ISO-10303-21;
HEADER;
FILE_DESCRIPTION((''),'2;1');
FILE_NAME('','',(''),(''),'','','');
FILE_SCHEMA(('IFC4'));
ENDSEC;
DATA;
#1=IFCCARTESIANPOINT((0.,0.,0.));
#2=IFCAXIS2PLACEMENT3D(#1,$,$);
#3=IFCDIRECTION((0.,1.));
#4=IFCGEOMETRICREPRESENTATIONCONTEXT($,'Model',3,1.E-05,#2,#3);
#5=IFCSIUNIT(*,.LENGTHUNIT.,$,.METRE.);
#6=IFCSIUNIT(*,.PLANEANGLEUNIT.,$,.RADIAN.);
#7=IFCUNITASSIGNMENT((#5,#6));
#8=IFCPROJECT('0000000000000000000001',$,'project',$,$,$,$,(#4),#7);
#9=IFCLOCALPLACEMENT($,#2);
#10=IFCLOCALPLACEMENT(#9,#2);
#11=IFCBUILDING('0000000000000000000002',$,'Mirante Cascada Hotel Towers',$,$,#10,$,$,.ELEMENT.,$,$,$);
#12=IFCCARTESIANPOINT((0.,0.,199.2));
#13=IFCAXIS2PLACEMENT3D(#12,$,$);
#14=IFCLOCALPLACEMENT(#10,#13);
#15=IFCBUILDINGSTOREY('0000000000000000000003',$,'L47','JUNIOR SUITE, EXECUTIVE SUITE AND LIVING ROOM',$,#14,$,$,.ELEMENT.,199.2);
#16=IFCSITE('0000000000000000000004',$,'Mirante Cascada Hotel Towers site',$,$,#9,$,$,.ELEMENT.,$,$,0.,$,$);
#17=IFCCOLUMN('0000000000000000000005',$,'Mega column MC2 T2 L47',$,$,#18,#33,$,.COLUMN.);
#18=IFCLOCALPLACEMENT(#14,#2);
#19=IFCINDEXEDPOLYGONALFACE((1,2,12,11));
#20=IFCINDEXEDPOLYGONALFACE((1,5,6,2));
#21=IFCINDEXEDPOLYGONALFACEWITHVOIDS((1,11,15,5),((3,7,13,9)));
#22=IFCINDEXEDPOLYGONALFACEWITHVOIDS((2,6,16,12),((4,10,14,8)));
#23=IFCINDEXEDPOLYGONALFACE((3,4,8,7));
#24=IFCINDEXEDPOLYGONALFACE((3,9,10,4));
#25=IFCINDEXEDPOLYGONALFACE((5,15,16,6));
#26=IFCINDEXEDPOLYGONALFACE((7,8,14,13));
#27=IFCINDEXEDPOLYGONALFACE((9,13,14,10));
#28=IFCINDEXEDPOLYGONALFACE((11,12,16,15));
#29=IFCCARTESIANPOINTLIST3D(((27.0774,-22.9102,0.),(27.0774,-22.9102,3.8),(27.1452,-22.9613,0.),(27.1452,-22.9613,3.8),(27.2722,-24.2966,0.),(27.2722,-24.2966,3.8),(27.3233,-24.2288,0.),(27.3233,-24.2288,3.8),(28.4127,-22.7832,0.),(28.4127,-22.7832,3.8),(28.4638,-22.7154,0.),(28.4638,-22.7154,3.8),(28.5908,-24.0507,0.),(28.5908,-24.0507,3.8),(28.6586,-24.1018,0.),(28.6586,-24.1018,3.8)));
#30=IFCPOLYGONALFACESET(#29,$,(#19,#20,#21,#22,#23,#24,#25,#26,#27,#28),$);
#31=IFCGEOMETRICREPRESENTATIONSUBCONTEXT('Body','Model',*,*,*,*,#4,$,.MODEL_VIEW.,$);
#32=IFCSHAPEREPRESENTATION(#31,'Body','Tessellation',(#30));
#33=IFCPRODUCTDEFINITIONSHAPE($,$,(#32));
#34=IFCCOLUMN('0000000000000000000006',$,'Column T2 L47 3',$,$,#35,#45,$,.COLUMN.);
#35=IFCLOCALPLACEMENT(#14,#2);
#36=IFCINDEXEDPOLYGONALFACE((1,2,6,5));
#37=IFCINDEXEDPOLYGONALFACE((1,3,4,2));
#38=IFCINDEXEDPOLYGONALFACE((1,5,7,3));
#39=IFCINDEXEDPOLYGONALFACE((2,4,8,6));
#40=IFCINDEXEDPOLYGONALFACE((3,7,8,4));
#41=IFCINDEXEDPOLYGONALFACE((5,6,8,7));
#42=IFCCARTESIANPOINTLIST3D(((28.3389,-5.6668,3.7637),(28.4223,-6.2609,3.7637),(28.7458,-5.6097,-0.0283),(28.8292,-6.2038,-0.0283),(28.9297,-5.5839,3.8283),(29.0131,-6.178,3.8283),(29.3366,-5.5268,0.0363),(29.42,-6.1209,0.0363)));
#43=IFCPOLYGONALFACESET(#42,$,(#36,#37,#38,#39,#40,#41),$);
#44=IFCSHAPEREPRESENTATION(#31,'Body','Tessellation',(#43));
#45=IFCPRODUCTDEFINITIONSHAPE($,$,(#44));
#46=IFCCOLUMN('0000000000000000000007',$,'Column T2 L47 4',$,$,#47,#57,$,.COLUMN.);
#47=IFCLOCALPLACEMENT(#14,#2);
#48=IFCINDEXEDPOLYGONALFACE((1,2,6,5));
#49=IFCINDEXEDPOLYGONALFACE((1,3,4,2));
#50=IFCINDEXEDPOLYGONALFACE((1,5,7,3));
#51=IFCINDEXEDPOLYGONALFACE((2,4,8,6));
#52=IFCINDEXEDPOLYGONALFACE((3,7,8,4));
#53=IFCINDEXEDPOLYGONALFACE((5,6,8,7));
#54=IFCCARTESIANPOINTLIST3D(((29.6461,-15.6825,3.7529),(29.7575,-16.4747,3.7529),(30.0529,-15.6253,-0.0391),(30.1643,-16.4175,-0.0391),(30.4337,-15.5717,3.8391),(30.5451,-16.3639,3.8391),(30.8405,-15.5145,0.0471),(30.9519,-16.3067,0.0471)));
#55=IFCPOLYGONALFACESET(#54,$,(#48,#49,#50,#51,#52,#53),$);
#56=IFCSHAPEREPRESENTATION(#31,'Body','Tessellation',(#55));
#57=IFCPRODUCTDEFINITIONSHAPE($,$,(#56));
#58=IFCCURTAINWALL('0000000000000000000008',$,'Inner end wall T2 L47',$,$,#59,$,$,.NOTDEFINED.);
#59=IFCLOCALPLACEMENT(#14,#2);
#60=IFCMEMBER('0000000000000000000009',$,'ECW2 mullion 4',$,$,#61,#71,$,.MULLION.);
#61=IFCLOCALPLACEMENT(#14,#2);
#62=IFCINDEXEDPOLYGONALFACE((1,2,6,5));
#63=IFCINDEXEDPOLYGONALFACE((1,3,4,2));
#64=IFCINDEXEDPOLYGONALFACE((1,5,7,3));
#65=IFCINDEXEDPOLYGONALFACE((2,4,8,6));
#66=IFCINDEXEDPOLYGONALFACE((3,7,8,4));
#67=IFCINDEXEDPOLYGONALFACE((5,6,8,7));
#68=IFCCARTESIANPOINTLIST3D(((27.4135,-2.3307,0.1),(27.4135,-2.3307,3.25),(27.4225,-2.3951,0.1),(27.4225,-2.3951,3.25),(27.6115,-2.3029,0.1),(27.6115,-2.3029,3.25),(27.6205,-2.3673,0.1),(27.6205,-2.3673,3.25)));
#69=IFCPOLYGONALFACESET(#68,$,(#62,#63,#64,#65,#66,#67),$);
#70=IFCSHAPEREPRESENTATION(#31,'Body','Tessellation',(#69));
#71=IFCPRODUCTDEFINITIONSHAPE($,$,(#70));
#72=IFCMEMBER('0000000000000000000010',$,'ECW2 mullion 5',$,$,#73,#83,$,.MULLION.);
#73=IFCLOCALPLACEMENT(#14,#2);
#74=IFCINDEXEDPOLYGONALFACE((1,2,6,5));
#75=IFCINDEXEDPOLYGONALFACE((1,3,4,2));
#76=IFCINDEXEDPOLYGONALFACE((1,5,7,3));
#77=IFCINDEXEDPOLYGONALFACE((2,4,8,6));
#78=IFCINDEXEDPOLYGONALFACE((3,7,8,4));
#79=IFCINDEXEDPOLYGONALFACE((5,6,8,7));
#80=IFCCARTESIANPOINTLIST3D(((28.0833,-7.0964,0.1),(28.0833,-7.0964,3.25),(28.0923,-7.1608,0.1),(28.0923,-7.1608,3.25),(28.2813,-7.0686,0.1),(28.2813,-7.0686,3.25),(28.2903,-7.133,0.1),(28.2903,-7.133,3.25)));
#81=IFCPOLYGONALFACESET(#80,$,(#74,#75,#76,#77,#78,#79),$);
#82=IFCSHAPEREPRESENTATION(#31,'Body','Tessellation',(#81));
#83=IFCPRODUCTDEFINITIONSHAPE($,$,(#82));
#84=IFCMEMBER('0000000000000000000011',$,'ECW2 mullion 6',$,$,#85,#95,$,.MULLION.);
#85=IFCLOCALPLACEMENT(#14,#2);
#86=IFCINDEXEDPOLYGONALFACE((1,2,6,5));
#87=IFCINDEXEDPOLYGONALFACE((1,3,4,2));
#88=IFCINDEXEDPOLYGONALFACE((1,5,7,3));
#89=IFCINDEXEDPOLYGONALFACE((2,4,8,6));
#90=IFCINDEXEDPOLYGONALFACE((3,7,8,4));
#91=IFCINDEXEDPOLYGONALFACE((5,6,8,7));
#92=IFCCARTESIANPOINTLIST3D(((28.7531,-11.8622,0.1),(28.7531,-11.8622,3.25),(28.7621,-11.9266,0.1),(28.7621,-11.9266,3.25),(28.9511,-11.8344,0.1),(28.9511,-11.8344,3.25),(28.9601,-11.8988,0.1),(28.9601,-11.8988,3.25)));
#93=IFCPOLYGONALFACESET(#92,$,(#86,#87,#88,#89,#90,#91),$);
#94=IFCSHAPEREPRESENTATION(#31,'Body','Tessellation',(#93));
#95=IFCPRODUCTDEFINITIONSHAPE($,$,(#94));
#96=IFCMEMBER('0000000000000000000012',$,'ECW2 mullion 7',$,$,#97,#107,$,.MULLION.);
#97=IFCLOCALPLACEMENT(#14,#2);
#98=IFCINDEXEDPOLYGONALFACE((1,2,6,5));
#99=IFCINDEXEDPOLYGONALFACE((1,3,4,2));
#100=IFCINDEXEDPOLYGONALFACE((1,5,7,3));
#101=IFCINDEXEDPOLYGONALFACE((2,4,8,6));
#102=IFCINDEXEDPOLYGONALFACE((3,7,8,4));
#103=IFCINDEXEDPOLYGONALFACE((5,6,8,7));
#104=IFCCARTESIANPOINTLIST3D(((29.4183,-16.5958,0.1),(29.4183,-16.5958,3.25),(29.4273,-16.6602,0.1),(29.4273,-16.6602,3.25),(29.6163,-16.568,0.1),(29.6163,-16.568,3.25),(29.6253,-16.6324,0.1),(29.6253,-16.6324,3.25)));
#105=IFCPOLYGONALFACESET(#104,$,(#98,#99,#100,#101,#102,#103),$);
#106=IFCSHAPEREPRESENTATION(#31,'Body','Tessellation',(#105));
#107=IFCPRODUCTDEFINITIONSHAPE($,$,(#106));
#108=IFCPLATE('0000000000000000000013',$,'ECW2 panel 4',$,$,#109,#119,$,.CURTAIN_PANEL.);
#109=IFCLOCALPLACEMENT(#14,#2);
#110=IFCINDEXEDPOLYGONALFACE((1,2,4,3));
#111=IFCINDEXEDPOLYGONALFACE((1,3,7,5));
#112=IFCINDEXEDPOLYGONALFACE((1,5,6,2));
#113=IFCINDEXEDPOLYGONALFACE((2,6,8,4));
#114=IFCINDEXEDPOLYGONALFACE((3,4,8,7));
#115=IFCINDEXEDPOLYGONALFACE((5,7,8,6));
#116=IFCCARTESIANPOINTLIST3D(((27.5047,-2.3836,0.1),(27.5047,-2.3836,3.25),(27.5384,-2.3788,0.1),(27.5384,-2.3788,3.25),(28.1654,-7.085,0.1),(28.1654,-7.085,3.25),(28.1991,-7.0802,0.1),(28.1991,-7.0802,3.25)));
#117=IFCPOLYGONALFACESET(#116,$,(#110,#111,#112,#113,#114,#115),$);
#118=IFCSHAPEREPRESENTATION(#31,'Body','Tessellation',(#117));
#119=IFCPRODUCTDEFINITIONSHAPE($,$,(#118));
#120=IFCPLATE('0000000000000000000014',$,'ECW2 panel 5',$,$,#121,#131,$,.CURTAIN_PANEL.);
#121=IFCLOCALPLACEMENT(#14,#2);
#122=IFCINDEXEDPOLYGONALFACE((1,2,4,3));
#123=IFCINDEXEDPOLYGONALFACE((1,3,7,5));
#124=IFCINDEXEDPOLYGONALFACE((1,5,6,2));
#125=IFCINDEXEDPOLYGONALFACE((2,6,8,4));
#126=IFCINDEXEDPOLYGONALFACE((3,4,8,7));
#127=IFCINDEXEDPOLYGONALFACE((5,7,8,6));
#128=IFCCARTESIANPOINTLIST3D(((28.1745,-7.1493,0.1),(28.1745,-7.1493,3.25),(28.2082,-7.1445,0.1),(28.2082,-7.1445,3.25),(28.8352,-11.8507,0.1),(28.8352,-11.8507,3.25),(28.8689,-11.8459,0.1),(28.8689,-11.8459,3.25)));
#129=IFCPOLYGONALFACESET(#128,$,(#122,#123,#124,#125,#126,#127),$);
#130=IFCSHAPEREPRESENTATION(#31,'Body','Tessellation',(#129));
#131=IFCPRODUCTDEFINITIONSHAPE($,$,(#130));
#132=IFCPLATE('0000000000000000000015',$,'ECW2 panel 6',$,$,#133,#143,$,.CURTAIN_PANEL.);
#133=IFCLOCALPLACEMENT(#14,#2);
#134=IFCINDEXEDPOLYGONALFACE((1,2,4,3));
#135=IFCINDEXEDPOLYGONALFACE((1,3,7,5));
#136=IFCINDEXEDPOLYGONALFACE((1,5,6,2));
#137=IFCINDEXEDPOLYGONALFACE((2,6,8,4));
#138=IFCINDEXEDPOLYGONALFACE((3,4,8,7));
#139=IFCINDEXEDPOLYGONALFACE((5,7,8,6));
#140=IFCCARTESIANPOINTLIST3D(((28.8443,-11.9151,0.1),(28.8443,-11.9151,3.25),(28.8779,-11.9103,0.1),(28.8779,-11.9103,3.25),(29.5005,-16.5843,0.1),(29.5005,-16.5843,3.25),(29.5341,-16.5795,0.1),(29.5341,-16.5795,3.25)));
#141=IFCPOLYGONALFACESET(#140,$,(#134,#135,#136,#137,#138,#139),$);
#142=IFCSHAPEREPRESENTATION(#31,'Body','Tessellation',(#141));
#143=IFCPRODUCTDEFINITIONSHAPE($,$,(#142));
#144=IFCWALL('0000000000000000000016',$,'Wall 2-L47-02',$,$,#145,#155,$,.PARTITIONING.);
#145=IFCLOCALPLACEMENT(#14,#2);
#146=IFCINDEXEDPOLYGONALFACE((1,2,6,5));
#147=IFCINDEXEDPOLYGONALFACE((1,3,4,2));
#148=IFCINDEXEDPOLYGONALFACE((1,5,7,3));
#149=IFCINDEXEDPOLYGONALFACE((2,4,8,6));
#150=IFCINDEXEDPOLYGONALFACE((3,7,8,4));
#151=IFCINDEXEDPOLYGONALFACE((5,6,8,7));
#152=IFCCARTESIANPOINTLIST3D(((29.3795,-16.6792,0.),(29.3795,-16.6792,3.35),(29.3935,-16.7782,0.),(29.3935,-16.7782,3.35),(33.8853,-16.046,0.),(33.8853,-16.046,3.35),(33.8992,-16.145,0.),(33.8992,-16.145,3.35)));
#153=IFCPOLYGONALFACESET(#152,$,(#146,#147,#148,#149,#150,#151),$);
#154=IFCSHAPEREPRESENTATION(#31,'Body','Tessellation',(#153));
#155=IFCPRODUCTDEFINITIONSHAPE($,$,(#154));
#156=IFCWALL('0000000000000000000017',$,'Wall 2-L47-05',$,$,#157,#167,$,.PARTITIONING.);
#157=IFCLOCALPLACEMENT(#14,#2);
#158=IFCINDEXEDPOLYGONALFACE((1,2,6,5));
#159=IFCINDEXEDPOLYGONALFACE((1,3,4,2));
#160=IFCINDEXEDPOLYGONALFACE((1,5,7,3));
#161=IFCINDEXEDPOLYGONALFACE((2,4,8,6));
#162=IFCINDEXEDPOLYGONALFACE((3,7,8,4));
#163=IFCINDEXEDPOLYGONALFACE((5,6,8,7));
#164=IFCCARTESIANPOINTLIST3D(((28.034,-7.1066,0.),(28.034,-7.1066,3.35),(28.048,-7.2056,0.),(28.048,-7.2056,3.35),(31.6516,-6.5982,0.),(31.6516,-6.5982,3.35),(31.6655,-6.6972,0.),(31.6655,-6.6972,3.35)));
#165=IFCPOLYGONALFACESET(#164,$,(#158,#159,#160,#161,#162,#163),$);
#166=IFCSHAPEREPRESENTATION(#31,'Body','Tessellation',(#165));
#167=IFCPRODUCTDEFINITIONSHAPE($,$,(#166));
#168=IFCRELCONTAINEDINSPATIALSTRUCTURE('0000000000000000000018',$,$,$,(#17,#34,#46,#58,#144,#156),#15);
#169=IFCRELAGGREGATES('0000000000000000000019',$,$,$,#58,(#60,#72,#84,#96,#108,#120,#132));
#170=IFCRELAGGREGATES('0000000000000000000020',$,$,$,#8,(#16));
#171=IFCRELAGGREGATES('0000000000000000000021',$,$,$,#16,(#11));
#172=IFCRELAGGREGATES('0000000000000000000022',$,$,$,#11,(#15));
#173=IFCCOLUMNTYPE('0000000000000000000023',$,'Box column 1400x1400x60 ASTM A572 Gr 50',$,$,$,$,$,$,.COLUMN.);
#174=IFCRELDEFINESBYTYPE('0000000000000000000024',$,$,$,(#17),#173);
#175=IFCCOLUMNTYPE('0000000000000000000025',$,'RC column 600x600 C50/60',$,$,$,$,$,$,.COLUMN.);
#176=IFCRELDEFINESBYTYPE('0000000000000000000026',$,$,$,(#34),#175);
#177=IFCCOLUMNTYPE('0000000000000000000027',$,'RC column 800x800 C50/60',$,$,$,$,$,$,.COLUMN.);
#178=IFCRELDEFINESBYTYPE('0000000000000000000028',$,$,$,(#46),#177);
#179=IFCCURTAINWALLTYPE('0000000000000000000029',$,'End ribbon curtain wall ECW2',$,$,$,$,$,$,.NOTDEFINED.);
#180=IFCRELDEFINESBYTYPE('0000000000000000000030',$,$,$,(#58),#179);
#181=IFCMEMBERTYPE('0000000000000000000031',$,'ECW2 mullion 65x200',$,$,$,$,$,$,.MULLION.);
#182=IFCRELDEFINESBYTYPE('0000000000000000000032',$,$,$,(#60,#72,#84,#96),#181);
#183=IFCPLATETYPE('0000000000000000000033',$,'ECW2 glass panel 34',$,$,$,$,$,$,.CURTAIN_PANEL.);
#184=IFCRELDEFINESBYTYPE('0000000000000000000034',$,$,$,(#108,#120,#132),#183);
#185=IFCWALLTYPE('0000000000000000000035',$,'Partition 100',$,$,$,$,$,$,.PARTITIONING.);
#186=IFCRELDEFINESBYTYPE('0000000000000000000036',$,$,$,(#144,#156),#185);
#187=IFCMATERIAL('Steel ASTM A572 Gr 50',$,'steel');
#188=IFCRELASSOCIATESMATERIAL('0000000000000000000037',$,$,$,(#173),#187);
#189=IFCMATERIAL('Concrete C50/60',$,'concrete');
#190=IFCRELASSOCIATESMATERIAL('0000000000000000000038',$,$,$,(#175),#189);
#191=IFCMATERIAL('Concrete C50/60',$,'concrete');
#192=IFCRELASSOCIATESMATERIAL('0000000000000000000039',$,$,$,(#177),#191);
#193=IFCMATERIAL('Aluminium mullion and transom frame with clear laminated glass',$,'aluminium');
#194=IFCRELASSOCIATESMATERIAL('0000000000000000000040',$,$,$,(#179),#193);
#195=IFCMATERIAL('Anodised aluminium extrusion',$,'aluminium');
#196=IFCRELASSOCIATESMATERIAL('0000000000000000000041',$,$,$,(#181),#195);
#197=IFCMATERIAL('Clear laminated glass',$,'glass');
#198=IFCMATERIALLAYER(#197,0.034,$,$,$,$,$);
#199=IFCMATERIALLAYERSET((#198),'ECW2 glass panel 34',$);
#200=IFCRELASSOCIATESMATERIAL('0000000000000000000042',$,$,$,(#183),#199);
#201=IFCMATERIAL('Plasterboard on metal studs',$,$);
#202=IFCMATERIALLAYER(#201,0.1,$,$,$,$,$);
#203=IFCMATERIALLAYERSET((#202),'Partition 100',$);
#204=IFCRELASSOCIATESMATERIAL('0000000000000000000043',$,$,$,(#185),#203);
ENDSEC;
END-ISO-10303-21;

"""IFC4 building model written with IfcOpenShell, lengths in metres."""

from ifc_helpers import new_model, si_unit, direction, frame, frame_2d, origin, origin_2d, place, context, subcontext, project, spatial, rectangle, hollow_rectangle, extrude, material, layer, layer_set, material_profile, profile_set, type_object, element, aggregate, save


model = new_model("IFC4")

# Units and contexts
model_context = context("Model", 3, precision=1e-05, world=origin(), true_north=direction((0.0, 1.0)))
body_context = subcontext(model_context, "Body", "Model", "MODEL_VIEW")
ifc_project = project(units=[si_unit("LENGTHUNIT", "METRE"), si_unit("PLANEANGLEUNIT", "RADIAN")], contexts=[model_context])

# Site, building, storey
site_placement = place(None, origin())
site = spatial("IfcSite", under=ifc_project, at=site_placement, Name="Mirante Cascada Hotel Towers site", CompositionType="ELEMENT", RefElevation=0.0)
building_placement = place(site_placement, origin())
building = spatial("IfcBuilding", under=site, at=building_placement, Name="Mirante Cascada Hotel Towers", CompositionType="ELEMENT")
storey_placement = place(building_placement, frame((0.0, 0.0, 199.2)))
storey = spatial("IfcBuildingStorey", under=building, at=storey_placement, Name="L47", Description="JUNIOR SUITE, EXECUTIVE SUITE AND LIVING ROOM", CompositionType="ELEMENT", Elevation=199.2)

# Columns
ifc_material_1 = material(Name="Steel ASTM A572 Gr 50", Category="steel")
ifc_material_profile_1 = material_profile(ifc_material_1, hollow_rectangle(XDim=1.4, YDim=1.4, WallThickness=0.06, at=origin_2d()), Name="Box column 1400x1400x60 ASTM A572 Gr 50")
ifc_profile_set_1 = profile_set([ifc_material_profile_1], Name="Steel ASTM A572 Gr 50")
column_type_1 = type_object("IfcColumnType", Name="Box column 1400x1400x60 ASTM A572 Gr 50", PredefinedType="COLUMN", material=ifc_profile_set_1)
column_1_placement = place(storey_placement, frame((27.868, -23.506, 0.0), z_axis=(0.0, 0.0, 1.0), x_axis=(0.990268, 0.139173, 0.0)))
element("IfcColumn", 1, at=column_1_placement, inside=storey, type_object=column_type_1, Name="Mega column MC2 T2 L47", PredefinedType="COLUMN", context=body_context, shape_type="SweptSolid", body=[
    extrude(hollow_rectangle(XDim=1.4, YDim=1.4, WallThickness=0.06, at=origin_2d()), origin(), (0.0, 0.0, 1.0), 3.8),
])
ifc_material_2 = material(Name="Concrete C50/60", Category="concrete")
ifc_material_profile_2 = material_profile(ifc_material_2, rectangle(XDim=0.6, YDim=0.6, at=origin_2d()), Name="RC column 600x600 C50/60")
ifc_profile_set_2 = profile_set([ifc_material_profile_2], Name="Concrete C50/60")
column_type_2 = type_object("IfcColumnType", Name="RC column 600x600 C50/60", PredefinedType="COLUMN", material=ifc_profile_set_2)
column_2_placement = place(storey_placement, frame((29.0829, -5.8653, 0.004), z_axis=(-0.10668, -0.01497, 0.994181), x_axis=(0.138968, -0.990297, 0.0)))
element("IfcColumn", 2, at=column_2_placement, inside=storey, type_object=column_type_2, Name="Column T2 L47 3", PredefinedType="COLUMN", context=body_context, shape_type="SweptSolid", body=[
    extrude(rectangle(XDim=0.6, YDim=0.6, at=origin_2d()), origin(), (0.0, 0.0, 1.0), 3.8142),
])
ifc_material_3 = material(Name="Concrete C50/60", Category="concrete")
ifc_material_profile_3 = material_profile(ifc_material_3, rectangle(XDim=0.8, YDim=0.8, at=origin_2d()), Name="RC column 800x800 C50/60")
ifc_profile_set_3 = profile_set([ifc_material_profile_3], Name="Concrete C50/60")
column_type_3 = type_object("IfcColumnType", Name="RC column 800x800 C50/60", PredefinedType="COLUMN", material=ifc_profile_set_3)
column_3_placement = place(storey_placement, frame((30.5024, -15.966, 0.004), z_axis=(-0.106654, -0.014997, 0.994183), x_axis=(0.13924, -0.990259, 0.0)))
element("IfcColumn", 3, at=column_3_placement, inside=storey, type_object=column_type_3, Name="Column T2 L47 4", PredefinedType="COLUMN", context=body_context, shape_type="SweptSolid", body=[
    extrude(rectangle(XDim=0.8, YDim=0.8, at=origin_2d()), origin(), (0.0, 0.0, 1.0), 3.8142),
])

# Curtain wall, members, plates
ifc_material_4 = material(Name="Aluminium mullion and transom frame with clear laminated glass", Category="aluminium")
curtain_wall_type = type_object("IfcCurtainWallType", Name="End ribbon curtain wall ECW2", PredefinedType="NOTDEFINED", material=ifc_material_4)
curtain_wall_placement = place(storey_placement, origin())
curtain_wall = element("IfcCurtainWall", 4, at=curtain_wall_placement, inside=storey, type_object=curtain_wall_type, Name="Inner end wall T2 L47", PredefinedType="NOTDEFINED")
ifc_material_5 = material(Name="Anodised aluminium extrusion", Category="aluminium")
ifc_material_profile_4 = material_profile(ifc_material_5, rectangle(XDim=0.2, YDim=0.065, at=origin_2d()), Name="ECW2 MULLION 65x200")
ifc_profile_set_4 = profile_set([ifc_material_profile_4], Name="Anodised aluminium extrusion")
member_type = type_object("IfcMemberType", Name="ECW2 mullion 65x200", PredefinedType="MULLION", material=ifc_profile_set_4)
member_1_placement = place(storey_placement, frame((27.517, -2.349, 0.1), z_axis=(0.0, 0.0, 1.0), x_axis=(0.990268, 0.139173, 0.0)))
member_1 = element("IfcMember", 5, at=member_1_placement, type_object=member_type, Name="ECW2 mullion 4", PredefinedType="MULLION", context=body_context, shape_type="SweptSolid", body=[
    extrude(rectangle(XDim=0.2, YDim=0.065, at=origin_2d()), origin(), (0.0, 0.0, 1.0), 3.15),
])
member_2_placement = place(storey_placement, frame((28.1868, -7.1147, 0.1), z_axis=(0.0, 0.0, 1.0), x_axis=(0.990268, 0.139173, 0.0)))
member_2 = element("IfcMember", 6, at=member_2_placement, type_object=member_type, Name="ECW2 mullion 5", PredefinedType="MULLION", context=body_context, shape_type="SweptSolid", body=[
    extrude(rectangle(XDim=0.2, YDim=0.065, at=origin_2d()), origin(), (0.0, 0.0, 1.0), 3.15),
])
member_3_placement = place(storey_placement, frame((28.8566, -11.8805, 0.1), z_axis=(0.0, 0.0, 1.0), x_axis=(0.990268, 0.139173, 0.0)))
member_3 = element("IfcMember", 7, at=member_3_placement, type_object=member_type, Name="ECW2 mullion 6", PredefinedType="MULLION", context=body_context, shape_type="SweptSolid", body=[
    extrude(rectangle(XDim=0.2, YDim=0.065, at=origin_2d()), origin(), (0.0, 0.0, 1.0), 3.15),
])
member_4_placement = place(storey_placement, frame((29.5218, -16.6141, 0.1), z_axis=(0.0, 0.0, 1.0), x_axis=(0.990268, 0.139173, 0.0)))
member_4 = element("IfcMember", 8, at=member_4_placement, type_object=member_type, Name="ECW2 mullion 7", PredefinedType="MULLION", context=body_context, shape_type="SweptSolid", body=[
    extrude(rectangle(XDim=0.2, YDim=0.065, at=origin_2d()), origin(), (0.0, 0.0, 1.0), 3.15),
])
ifc_material_6 = material(Name="Clear laminated glass", Category="glass")
ifc_layer_1 = layer(ifc_material_6, 0.034)
ifc_layer_set_1 = layer_set([ifc_layer_1], Name="ECW2 glass panel 34")
plate_type = type_object("IfcPlateType", Name="ECW2 glass panel 34", PredefinedType="CURTAIN_PANEL", material=ifc_layer_set_1)
plate_1_placement = place(storey_placement, frame((27.8519, -4.7319, 0.1), z_axis=(0.0, 0.0, 1.0), x_axis=(0.139173, -0.990268, 0.0)))
plate_1 = element("IfcPlate", 9, at=plate_1_placement, type_object=plate_type, Name="ECW2 panel 4", PredefinedType="CURTAIN_PANEL", context=body_context, shape_type="SweptSolid", body=[
    extrude(rectangle(XDim=4.7476, YDim=0.034, at=origin_2d()), origin(), (0.0, 0.0, 1.0), 3.15),
])
plate_2_placement = place(storey_placement, frame((28.5217, -9.4976, 0.1), z_axis=(0.0, 0.0, 1.0), x_axis=(0.139173, -0.990268, 0.0)))
plate_2 = element("IfcPlate", 10, at=plate_2_placement, type_object=plate_type, Name="ECW2 panel 5", PredefinedType="CURTAIN_PANEL", context=body_context, shape_type="SweptSolid", body=[
    extrude(rectangle(XDim=4.7476, YDim=0.034, at=origin_2d()), origin(), (0.0, 0.0, 1.0), 3.15),
])
plate_3_placement = place(storey_placement, frame((29.1892, -14.2473, 0.1), z_axis=(0.0, 0.0, 1.0), x_axis=(0.139173, -0.990268, 0.0)))
plate_3 = element("IfcPlate", 11, at=plate_3_placement, type_object=plate_type, Name="ECW2 panel 6", PredefinedType="CURTAIN_PANEL", context=body_context, shape_type="SweptSolid", body=[
    extrude(rectangle(XDim=4.7151, YDim=0.034, at=origin_2d()), origin(), (0.0, 0.0, 1.0), 3.15),
])
aggregate(curtain_wall, [member_1, member_2, member_3, member_4, plate_1, plate_2, plate_3])

# Walls
ifc_material_7 = material(Name="Plasterboard on metal studs")
ifc_layer_2 = layer(ifc_material_7, 0.1)
ifc_layer_set_2 = layer_set([ifc_layer_2], Name="Partition 100")
wall_type_1 = type_object("IfcWallType", Name="Partition 100", PredefinedType="PARTITIONING", material=ifc_layer_set_2)
wall_1_placement = place(storey_placement, frame((29.3865, -16.7287, 0.0), z_axis=(0.0, 0.0, 1.0), x_axis=(0.990269, 0.139166, 0.0)))
element("IfcWall", 12, at=wall_1_placement, inside=storey, type_object=wall_type_1, Name="Wall 2-L47-02", PredefinedType="PARTITIONING", context=body_context, shape_type="SweptSolid", body=[
    extrude(rectangle(XDim=4.55, YDim=0.1, at=frame_2d((2.275, 0.0))), origin(), (0.0, 0.0, 1.0), 3.35),
])
wall_2_placement = place(storey_placement, frame((31.6586, -6.6477, 0.0), z_axis=(0.0, 0.0, 1.0), x_axis=(-0.990268, -0.139171, 0.0)))
element("IfcWall", 13, at=wall_2_placement, inside=storey, type_object=wall_type_1, Name="Wall 2-L47-05", PredefinedType="PARTITIONING", context=body_context, shape_type="SweptSolid", body=[
    extrude(rectangle(XDim=3.6531, YDim=0.1, at=frame_2d((1.8266, 0.0))), origin(), (0.0, 0.0, 1.0), 3.35),
])

save(model, "model.ifc")
